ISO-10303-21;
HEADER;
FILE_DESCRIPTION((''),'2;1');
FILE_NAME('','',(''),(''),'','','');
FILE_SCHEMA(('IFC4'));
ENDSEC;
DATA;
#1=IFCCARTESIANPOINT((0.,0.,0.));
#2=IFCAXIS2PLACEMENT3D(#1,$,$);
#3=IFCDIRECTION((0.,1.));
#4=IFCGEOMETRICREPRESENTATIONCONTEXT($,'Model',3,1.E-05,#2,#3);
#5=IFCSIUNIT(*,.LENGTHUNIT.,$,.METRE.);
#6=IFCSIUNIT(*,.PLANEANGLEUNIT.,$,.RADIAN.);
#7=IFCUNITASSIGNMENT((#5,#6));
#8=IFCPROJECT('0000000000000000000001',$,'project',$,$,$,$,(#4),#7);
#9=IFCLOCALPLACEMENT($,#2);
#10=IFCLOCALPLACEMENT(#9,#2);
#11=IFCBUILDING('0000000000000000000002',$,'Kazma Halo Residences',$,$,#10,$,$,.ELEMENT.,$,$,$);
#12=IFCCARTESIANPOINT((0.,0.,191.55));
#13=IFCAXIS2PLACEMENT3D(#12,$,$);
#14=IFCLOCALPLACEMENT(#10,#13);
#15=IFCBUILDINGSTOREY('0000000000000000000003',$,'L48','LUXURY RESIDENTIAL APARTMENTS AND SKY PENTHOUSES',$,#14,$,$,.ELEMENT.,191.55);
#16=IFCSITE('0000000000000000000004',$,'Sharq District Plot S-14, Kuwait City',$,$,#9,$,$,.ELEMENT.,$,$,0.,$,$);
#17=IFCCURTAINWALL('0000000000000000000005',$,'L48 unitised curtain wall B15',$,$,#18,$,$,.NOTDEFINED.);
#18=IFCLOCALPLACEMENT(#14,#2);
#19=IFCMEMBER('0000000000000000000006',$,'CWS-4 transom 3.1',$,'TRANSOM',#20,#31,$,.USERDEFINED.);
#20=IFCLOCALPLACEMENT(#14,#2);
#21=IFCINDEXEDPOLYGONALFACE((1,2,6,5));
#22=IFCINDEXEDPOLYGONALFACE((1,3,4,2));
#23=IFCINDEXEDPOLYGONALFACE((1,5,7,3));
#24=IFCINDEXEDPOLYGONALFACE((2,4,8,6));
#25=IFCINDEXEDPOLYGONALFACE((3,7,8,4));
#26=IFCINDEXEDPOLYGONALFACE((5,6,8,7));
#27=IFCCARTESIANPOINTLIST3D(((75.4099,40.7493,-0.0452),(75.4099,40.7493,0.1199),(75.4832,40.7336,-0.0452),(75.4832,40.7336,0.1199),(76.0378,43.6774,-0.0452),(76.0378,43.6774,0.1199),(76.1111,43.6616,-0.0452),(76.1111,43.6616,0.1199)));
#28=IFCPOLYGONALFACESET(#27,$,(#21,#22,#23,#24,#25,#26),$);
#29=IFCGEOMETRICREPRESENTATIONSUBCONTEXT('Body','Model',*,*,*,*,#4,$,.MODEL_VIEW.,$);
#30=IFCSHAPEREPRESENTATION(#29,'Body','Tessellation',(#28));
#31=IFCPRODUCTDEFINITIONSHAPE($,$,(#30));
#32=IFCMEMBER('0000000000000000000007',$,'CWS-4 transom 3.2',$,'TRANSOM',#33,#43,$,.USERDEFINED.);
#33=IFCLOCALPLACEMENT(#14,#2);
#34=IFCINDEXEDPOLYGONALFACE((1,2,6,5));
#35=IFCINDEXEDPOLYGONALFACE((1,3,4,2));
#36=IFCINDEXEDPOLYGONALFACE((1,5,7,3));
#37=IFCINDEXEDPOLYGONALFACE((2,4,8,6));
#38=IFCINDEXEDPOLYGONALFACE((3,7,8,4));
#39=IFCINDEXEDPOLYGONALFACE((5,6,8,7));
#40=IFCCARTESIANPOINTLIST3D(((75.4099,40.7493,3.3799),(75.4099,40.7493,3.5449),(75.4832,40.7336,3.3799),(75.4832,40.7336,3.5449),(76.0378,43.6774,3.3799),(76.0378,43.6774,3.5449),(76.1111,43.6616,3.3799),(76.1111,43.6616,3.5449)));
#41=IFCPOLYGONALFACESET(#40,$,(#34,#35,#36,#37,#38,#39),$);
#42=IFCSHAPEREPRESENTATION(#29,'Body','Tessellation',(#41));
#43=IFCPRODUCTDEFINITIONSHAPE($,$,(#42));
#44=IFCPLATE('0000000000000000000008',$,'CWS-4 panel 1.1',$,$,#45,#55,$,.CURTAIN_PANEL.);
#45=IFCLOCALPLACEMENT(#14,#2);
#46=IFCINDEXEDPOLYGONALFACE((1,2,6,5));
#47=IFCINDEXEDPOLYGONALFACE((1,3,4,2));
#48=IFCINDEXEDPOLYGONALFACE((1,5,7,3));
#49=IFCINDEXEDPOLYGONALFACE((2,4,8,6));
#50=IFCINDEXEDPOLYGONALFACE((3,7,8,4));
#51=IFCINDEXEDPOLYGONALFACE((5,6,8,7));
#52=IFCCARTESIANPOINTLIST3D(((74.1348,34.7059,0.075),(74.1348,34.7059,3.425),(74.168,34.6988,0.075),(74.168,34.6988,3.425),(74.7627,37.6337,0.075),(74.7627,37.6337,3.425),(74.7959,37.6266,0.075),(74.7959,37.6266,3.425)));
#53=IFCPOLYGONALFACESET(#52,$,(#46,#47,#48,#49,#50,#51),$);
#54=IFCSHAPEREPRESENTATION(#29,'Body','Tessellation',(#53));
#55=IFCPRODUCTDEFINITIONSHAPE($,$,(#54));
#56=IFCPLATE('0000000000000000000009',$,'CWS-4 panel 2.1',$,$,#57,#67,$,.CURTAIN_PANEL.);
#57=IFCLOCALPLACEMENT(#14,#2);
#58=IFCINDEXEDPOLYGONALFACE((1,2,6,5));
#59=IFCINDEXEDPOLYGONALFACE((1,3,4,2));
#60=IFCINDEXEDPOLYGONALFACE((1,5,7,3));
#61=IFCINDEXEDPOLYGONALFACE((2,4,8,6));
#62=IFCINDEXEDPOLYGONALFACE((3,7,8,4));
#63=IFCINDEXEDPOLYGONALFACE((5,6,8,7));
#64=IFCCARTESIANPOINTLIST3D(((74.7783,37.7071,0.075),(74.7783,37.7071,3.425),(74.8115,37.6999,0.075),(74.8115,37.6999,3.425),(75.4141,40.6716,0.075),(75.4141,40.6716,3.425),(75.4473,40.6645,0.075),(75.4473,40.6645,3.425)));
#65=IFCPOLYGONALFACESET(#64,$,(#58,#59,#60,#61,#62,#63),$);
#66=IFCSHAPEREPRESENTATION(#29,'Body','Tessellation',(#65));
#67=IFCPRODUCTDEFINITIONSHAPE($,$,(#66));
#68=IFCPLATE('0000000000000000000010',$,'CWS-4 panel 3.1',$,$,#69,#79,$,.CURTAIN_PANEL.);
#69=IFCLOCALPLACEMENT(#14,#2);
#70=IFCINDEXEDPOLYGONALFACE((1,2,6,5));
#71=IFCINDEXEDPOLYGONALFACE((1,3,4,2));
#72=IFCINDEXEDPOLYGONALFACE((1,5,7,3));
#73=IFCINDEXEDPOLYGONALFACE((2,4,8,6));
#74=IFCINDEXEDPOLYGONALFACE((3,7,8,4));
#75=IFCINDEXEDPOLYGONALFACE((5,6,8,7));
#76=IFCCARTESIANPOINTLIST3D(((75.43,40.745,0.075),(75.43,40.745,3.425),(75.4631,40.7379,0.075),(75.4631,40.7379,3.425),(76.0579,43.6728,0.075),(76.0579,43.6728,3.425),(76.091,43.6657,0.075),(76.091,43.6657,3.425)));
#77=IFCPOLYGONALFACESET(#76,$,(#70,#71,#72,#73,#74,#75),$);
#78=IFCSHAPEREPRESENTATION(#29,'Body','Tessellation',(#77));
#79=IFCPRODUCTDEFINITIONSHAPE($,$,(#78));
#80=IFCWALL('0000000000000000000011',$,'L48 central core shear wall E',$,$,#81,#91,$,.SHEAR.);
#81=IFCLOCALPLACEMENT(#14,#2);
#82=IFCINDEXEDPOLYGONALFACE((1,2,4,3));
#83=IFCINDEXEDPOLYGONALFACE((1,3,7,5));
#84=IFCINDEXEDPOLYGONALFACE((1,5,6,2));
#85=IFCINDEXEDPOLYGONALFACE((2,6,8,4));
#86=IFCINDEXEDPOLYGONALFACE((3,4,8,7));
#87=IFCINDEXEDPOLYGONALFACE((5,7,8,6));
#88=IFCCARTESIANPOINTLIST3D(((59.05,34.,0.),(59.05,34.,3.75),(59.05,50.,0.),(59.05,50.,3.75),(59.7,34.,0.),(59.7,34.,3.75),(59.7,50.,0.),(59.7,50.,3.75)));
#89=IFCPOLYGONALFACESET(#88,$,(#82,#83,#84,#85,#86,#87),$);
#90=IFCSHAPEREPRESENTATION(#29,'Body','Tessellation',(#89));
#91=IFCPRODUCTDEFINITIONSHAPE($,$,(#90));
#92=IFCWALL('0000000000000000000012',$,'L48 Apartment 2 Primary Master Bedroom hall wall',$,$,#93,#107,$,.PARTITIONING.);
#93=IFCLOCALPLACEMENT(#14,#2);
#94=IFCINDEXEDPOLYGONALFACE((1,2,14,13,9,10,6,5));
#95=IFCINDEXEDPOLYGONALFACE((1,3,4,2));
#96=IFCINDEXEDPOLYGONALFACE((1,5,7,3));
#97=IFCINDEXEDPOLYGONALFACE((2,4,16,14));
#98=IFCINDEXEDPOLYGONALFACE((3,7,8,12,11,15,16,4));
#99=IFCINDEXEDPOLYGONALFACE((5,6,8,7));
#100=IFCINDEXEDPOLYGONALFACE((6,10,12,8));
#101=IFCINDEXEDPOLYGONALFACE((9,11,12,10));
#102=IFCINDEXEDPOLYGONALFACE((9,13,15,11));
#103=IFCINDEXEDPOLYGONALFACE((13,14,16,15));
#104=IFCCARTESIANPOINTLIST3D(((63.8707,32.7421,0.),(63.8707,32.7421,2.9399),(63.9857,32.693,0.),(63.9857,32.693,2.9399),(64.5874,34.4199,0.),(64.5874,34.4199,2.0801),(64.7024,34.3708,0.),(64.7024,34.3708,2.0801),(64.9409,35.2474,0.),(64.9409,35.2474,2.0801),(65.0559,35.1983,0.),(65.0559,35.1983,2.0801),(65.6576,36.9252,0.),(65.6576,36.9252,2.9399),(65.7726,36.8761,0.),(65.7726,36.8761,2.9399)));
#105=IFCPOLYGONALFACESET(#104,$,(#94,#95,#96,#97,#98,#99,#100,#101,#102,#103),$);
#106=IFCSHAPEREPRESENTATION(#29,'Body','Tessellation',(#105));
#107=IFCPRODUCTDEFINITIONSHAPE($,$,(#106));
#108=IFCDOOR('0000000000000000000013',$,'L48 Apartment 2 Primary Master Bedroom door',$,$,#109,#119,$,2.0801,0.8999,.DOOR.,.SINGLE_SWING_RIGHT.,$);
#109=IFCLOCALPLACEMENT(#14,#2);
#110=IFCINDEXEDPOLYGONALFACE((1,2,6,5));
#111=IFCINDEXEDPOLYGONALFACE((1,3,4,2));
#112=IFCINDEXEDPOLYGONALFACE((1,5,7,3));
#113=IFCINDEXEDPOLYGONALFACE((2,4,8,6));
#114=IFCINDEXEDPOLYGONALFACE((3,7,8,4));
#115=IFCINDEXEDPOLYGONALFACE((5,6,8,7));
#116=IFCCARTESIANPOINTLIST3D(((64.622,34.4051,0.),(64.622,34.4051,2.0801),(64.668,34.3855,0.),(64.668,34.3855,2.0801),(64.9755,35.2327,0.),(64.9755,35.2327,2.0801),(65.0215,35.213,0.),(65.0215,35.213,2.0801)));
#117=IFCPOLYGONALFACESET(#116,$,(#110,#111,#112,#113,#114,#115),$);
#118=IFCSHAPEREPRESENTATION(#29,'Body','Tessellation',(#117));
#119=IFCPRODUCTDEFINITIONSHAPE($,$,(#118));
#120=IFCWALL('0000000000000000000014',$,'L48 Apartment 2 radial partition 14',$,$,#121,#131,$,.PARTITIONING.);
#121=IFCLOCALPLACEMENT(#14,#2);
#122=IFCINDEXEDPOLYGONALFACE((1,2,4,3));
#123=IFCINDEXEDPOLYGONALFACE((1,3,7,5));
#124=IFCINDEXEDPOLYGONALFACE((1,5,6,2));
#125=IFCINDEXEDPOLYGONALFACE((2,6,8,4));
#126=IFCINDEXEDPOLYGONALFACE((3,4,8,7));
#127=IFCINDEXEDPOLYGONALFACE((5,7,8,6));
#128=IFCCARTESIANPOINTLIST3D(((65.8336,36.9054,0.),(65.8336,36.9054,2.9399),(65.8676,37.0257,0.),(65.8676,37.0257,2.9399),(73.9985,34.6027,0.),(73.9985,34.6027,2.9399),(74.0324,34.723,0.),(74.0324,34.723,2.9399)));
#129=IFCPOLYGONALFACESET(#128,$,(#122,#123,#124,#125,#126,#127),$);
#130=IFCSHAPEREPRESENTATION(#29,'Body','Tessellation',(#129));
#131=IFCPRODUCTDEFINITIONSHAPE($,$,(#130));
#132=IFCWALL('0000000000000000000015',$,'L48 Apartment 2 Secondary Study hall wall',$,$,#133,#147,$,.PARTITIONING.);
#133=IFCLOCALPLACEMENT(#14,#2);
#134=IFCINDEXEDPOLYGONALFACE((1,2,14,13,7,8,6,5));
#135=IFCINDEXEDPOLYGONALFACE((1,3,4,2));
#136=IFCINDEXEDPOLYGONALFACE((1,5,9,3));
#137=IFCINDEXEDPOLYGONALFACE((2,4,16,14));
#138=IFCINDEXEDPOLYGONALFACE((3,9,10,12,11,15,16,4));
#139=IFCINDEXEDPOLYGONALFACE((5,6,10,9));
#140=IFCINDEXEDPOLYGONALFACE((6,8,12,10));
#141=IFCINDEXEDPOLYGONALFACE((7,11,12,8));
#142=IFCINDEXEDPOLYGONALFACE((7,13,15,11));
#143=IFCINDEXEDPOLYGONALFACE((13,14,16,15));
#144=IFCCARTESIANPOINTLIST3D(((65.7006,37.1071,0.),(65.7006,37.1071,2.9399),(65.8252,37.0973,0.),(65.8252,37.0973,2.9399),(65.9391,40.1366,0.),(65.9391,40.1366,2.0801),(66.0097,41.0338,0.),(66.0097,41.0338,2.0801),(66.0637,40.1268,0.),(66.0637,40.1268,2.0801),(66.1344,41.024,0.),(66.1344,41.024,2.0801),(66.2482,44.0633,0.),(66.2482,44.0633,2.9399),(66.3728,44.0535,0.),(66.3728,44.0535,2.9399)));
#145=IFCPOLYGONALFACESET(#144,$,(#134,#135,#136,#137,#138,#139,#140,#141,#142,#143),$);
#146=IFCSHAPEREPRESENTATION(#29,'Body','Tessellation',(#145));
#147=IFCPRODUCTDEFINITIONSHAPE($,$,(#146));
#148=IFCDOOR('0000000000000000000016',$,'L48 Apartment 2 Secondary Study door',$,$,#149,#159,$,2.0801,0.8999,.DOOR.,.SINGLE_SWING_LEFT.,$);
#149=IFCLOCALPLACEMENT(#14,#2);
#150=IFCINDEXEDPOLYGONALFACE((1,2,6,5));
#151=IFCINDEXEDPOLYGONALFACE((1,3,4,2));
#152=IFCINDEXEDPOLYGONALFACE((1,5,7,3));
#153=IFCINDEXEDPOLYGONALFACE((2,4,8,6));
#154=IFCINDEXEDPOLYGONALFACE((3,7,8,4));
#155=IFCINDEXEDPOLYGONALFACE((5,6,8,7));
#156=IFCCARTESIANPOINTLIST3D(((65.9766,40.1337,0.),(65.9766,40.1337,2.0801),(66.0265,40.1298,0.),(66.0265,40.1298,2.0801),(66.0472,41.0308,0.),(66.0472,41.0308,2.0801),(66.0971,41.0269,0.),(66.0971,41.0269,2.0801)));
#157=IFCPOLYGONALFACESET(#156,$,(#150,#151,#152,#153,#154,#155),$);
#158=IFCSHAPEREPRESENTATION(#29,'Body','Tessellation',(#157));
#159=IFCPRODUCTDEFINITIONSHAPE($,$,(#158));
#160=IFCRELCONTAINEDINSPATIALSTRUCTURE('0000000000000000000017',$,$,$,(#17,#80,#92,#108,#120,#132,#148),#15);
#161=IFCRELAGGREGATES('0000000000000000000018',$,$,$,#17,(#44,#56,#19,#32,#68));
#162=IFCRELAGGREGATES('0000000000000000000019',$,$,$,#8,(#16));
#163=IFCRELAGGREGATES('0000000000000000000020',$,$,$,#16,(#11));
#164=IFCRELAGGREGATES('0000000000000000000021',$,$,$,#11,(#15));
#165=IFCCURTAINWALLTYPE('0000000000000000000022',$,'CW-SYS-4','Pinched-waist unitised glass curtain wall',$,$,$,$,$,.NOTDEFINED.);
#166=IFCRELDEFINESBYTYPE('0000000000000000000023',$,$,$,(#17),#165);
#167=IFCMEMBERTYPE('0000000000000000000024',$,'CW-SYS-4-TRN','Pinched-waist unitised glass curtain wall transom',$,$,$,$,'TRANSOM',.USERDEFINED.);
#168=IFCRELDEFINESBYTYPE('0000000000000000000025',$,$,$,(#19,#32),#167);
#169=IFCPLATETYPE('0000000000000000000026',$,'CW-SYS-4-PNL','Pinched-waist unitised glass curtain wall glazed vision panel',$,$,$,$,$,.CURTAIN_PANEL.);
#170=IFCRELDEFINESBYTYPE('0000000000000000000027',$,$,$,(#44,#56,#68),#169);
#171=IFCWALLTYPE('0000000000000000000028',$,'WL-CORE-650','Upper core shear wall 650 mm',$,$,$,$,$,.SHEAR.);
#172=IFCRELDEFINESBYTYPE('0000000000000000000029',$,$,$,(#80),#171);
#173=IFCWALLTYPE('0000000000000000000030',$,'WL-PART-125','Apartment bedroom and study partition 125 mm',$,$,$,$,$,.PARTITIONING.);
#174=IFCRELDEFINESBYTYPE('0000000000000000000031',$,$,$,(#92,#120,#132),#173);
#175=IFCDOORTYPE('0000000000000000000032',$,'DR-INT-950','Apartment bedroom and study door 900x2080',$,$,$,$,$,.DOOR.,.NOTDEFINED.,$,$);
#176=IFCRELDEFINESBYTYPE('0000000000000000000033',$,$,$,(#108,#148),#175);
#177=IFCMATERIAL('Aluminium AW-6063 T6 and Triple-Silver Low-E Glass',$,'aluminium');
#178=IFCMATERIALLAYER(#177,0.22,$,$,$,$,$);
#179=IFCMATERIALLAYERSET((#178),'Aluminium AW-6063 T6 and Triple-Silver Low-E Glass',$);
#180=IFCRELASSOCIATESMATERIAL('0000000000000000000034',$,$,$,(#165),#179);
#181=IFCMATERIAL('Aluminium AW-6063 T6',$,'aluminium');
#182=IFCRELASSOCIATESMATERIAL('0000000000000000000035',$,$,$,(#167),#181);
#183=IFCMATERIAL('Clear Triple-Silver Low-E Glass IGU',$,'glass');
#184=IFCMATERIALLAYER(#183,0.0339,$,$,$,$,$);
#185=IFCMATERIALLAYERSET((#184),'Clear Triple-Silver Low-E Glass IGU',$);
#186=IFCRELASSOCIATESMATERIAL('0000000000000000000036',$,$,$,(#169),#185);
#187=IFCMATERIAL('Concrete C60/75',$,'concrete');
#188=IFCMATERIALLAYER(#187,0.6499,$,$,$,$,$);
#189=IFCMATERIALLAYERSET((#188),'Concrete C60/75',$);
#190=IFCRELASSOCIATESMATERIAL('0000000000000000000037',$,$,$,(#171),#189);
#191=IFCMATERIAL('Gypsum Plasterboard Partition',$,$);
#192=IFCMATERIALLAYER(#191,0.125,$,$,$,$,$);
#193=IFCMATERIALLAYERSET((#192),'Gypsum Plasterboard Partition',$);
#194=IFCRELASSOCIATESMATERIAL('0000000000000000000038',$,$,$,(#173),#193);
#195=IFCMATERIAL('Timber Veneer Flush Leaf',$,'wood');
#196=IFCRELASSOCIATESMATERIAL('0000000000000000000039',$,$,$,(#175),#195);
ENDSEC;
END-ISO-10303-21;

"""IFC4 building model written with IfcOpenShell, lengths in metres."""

from ifc_helpers import new_model, si_unit, direction, frame, frame_2d, origin, origin_2d, place, context, subcontext, project, spatial, rectangle, extrude, material, layer, layer_set, material_profile, profile_set, type_object, element, fill, aggregate, save


model = new_model("IFC4")

# Units and contexts
model_context = context("Model", 3, precision=1e-05, world=origin(), true_north=direction((0.0, 1.0)))
body_context = subcontext(model_context, "Body", "Model", "MODEL_VIEW")
ifc_project = project(units=[si_unit("LENGTHUNIT", "METRE"), si_unit("PLANEANGLEUNIT", "RADIAN")], contexts=[model_context])

# Site, building, storey
site_placement = place(None, origin())
site = spatial("IfcSite", under=ifc_project, at=site_placement, Name="Sharq District Plot S-14, Kuwait City", CompositionType="ELEMENT", RefElevation=0.0)
building_placement = place(site_placement, origin())
building = spatial("IfcBuilding", under=site, at=building_placement, Name="Kazma Halo Residences", CompositionType="ELEMENT")
storey_placement = place(building_placement, frame((0.0, 0.0, 191.55)))
storey = spatial("IfcBuildingStorey", under=building, at=storey_placement, Name="L48", Description="LUXURY RESIDENTIAL APARTMENTS AND SKY PENTHOUSES", CompositionType="ELEMENT", Elevation=191.55)

# Curtain wall, members, plates
ifc_material_1 = material(Name="Aluminium AW-6063 T6 and Triple-Silver Low-E Glass", Category="aluminium")
ifc_layer_1 = layer(ifc_material_1, 0.22)
ifc_layer_set_1 = layer_set([ifc_layer_1], Name="Aluminium AW-6063 T6 and Triple-Silver Low-E Glass")
curtain_wall_type = type_object("IfcCurtainWallType", Name="CW-SYS-4", Description="Pinched-waist unitised glass curtain wall", PredefinedType="NOTDEFINED", material=ifc_layer_set_1)
curtain_wall_placement = place(storey_placement, origin())
curtain_wall = element("IfcCurtainWall", 1, at=curtain_wall_placement, inside=storey, type_object=curtain_wall_type, Name="L48 unitised curtain wall B15", PredefinedType="NOTDEFINED")
ifc_material_2 = material(Name="Aluminium AW-6063 T6", Category="aluminium")
ifc_material_profile_1 = material_profile(ifc_material_2, rectangle(XDim=0.075, YDim=0.165, at=origin_2d()), Name="CWT-75x165")
ifc_profile_set_1 = profile_set([ifc_material_profile_1], Name="Aluminium AW-6063 T6")
member_type_1 = type_object("IfcMemberType", Name="CW-SYS-4-TRN", Description="Pinched-waist unitised glass curtain wall transom", ElementType="TRANSOM", PredefinedType="USERDEFINED", material=ifc_profile_set_1)
member_1_placement = place(storey_placement, frame((75.4465, 40.7415, 0.0374), z_axis=(0.209691, 0.977768, 0.0), x_axis=(-0.977768, 0.209691, 0.0)))
member_1 = element("IfcMember", 2, at=member_1_placement, type_object=member_type_1, Name="CWS-4 transom 3.1", ObjectType="TRANSOM", PredefinedType="USERDEFINED", context=body_context, shape_type="SweptSolid", body=[
    extrude(rectangle(XDim=0.075, YDim=0.165, at=origin_2d()), origin(), (0.0, 0.0, 1.0), 2.9946),
])
member_2_placement = place(storey_placement, frame((75.4465, 40.7415, 3.4624), z_axis=(0.209691, 0.977768, 0.0), x_axis=(-0.977768, 0.209691, 0.0)))
member_2 = element("IfcMember", 3, at=member_2_placement, type_object=member_type_1, Name="CWS-4 transom 3.2", ObjectType="TRANSOM", PredefinedType="USERDEFINED", context=body_context, shape_type="SweptSolid", body=[
    extrude(rectangle(XDim=0.075, YDim=0.165, at=origin_2d()), origin(), (0.0, 0.0, 1.0), 2.9946),
])
ifc_material_3 = material(Name="Clear Triple-Silver Low-E Glass IGU", Category="glass")
ifc_layer_2 = layer(ifc_material_3, 0.0339)
ifc_layer_set_2 = layer_set([ifc_layer_2], Name="Clear Triple-Silver Low-E Glass IGU")
plate_type = type_object("IfcPlateType", Name="CW-SYS-4-PNL", Description="Pinched-waist unitised glass curtain wall glazed vision panel", PredefinedType="CURTAIN_PANEL", material=ifc_layer_set_2)
plate_1_placement = place(storey_placement, frame((74.4653, 36.1663, 0.075), z_axis=(0.0, 0.0, 1.0), x_axis=(0.20969, 0.977768, 0.0)))
plate_1 = element("IfcPlate", 4, at=plate_1_placement, type_object=plate_type, Name="CWS-4 panel 1.1", PredefinedType="CURTAIN_PANEL", context=body_context, shape_type="SweptSolid", body=[
    extrude(rectangle(XDim=2.9944, YDim=0.0339, at=origin_2d()), origin(), (0.0, 0.0, 1.0), 3.3501),
])
plate_2_placement = place(storey_placement, frame((75.1128, 39.1858, 0.075), z_axis=(0.0, 0.0, 1.0), x_axis=(0.20969, 0.977768, 0.0)))
plate_2 = element("IfcPlate", 5, at=plate_2_placement, type_object=plate_type, Name="CWS-4 panel 2.1", PredefinedType="CURTAIN_PANEL", context=body_context, shape_type="SweptSolid", body=[
    extrude(rectangle(XDim=3.032, YDim=0.0339, at=origin_2d()), origin(), (0.0, 0.0, 1.0), 3.3501),
])
plate_3_placement = place(storey_placement, frame((75.7605, 42.2053, 0.075), z_axis=(0.0, 0.0, 1.0), x_axis=(0.20969, 0.977768, 0.0)))
plate_3 = element("IfcPlate", 6, at=plate_3_placement, type_object=plate_type, Name="CWS-4 panel 3.1", PredefinedType="CURTAIN_PANEL", context=body_context, shape_type="SweptSolid", body=[
    extrude(rectangle(XDim=2.9944, YDim=0.0339, at=origin_2d()), origin(), (0.0, 0.0, 1.0), 3.3501),
])
aggregate(curtain_wall, [plate_1, plate_2, member_1, member_2, plate_3])

# Wall
ifc_material_4 = material(Name="Concrete C60/75", Category="concrete")
ifc_layer_3 = layer(ifc_material_4, 0.6499)
ifc_layer_set_3 = layer_set([ifc_layer_3], Name="Concrete C60/75")
wall_type_1 = type_object("IfcWallType", Name="WL-CORE-650", Description="Upper core shear wall 650 mm", PredefinedType="SHEAR", material=ifc_layer_set_3)
wall_1_placement = place(storey_placement, frame((59.375, 34.0, 0.0), z_axis=(0.0, 0.0, 1.0), x_axis=(0.0, 1.0, 0.0)))
element("IfcWall", 7, at=wall_1_placement, inside=storey, type_object=wall_type_1, Name="L48 central core shear wall E", PredefinedType="SHEAR", context=body_context, shape_type="SweptSolid", body=[
    extrude(rectangle(XDim=16.0, YDim=0.6499, at=frame_2d((8.0, 0.0))), origin(), (0.0, 0.0, 1.0), 3.75),
])

# Wall, opening, door
ifc_material_5 = material(Name="Gypsum Plasterboard Partition")
ifc_layer_4 = layer(ifc_material_5, 0.125)
ifc_layer_set_4 = layer_set([ifc_layer_4], Name="Gypsum Plasterboard Partition")
wall_type_2 = type_object("IfcWallType", Name="WL-PART-125", Description="Apartment bedroom and study partition 125 mm", PredefinedType="PARTITIONING", material=ifc_layer_set_4)
wall_2_placement = place(storey_placement, frame((63.9282, 32.7175, 0.0), z_axis=(0.0, 0.0, 1.0), x_axis=(0.392824, 0.919614, 0.0)))
wall_2 = element("IfcWall", 8, at=wall_2_placement, inside=storey, type_object=wall_type_2, Name="L48 Apartment 2 Primary Master Bedroom hall wall", PredefinedType="PARTITIONING", context=body_context, shape_type="SweptSolid", body=[
    extrude(rectangle(XDim=4.5488, YDim=0.125, at=frame_2d((2.2744, 0.0))), origin(), (0.0, 0.0, 1.0), 2.9399),
])
opening_1_placement = place(wall_2_placement, frame((1.8245, 0.0, 0.0)))
opening_1 = element("IfcOpeningElement", 9, at=opening_1_placement, cuts=wall_2, PredefinedType="OPENING", context=body_context, shape_type="SweptSolid", body=[
    extrude(rectangle(XDim=0.8999, YDim=2.0801, at=frame_2d((0.45, 1.04))), frame((0.0, 0.0725, 0.0), z_axis=(0.0, -1.0, 0.0), x_axis=(1.0, 0.0, 0.0)), (0.0, 0.0, 1.0), 0.145),
])
ifc_material_6 = material(Name="Timber Veneer Flush Leaf", Category="wood")
door_type_1 = type_object("IfcDoorType", Name="DR-INT-950", Description="Apartment bedroom and study door 900x2080", OperationType="NOTDEFINED", PredefinedType="DOOR", material=ifc_material_6)
door_1_placement = place(opening_1_placement, origin())
door_1 = element("IfcDoor", 10, at=door_1_placement, inside=storey, type_object=door_type_1, Name="L48 Apartment 2 Primary Master Bedroom door", OperationType="SINGLE_SWING_RIGHT", OverallHeight=2.0801, OverallWidth=0.8999, PredefinedType="DOOR", context=body_context, shape_type="SweptSolid", body=[
    extrude(rectangle(XDim=0.8999, YDim=2.0801, at=frame_2d((0.45, 1.04))), frame((0.0, 0.0249, 0.0), z_axis=(0.0, -1.0, 0.0), x_axis=(1.0, 0.0, 0.0)), (0.0, 0.0, 1.0), 0.05),
])
fill(opening_1, door_1)

# Wall
wall_3_placement = place(storey_placement, frame((65.8506, 36.9656, 0.0), z_axis=(0.0, 0.0, 1.0), x_axis=(0.962454, -0.271443, 0.0)))
element("IfcWall", 11, at=wall_3_placement, inside=storey, type_object=wall_type_2, Name="L48 Apartment 2 radial partition 14", PredefinedType="PARTITIONING", context=body_context, shape_type="SweptSolid", body=[
    extrude(rectangle(XDim=8.4834, YDim=0.125, at=frame_2d((4.2417, 0.0))), origin(), (0.0, 0.0, 1.0), 2.9399),
])

# Wall, opening, door
wall_4_placement = place(storey_placement, frame((65.7629, 37.1023, 0.0), z_axis=(0.0, 0.0, 1.0), x_axis=(0.078478, 0.996916, 0.0)))
wall_4 = element("IfcWall", 12, at=wall_4_placement, inside=storey, type_object=wall_type_2, Name="L48 Apartment 2 Secondary Study hall wall", PredefinedType="PARTITIONING", context=body_context, shape_type="SweptSolid", body=[
    extrude(rectangle(XDim=6.9778, YDim=0.125, at=frame_2d((3.4888, 0.0))), origin(), (0.0, 0.0, 1.0), 2.9399),
])
opening_2_placement = place(wall_4_placement, frame((3.0388, 0.0, 0.0)))
opening_2 = element("IfcOpeningElement", 13, at=opening_2_placement, cuts=wall_4, PredefinedType="OPENING", context=body_context, shape_type="SweptSolid", body=[
    extrude(rectangle(XDim=0.8999, YDim=2.0801, at=frame_2d((0.45, 1.04))), frame((0.0, 0.0725, 0.0), z_axis=(0.0, -1.0, 0.0), x_axis=(1.0, 0.0, 0.0)), (0.0, 0.0, 1.0), 0.145),
])
door_2_placement = place(opening_2_placement, origin())
door_2 = element("IfcDoor", 14, at=door_2_placement, inside=storey, type_object=door_type_1, Name="L48 Apartment 2 Secondary Study door", OperationType="SINGLE_SWING_LEFT", OverallHeight=2.0801, OverallWidth=0.8999, PredefinedType="DOOR", context=body_context, shape_type="SweptSolid", body=[
    extrude(rectangle(XDim=0.8999, YDim=2.0801, at=frame_2d((0.45, 1.04))), frame((0.0, 0.0249, 0.0), z_axis=(0.0, -1.0, 0.0), x_axis=(1.0, 0.0, 0.0)), (0.0, 0.0, 1.0), 0.05),
])
fill(opening_2, door_2)

save(model, "model.ifc")
